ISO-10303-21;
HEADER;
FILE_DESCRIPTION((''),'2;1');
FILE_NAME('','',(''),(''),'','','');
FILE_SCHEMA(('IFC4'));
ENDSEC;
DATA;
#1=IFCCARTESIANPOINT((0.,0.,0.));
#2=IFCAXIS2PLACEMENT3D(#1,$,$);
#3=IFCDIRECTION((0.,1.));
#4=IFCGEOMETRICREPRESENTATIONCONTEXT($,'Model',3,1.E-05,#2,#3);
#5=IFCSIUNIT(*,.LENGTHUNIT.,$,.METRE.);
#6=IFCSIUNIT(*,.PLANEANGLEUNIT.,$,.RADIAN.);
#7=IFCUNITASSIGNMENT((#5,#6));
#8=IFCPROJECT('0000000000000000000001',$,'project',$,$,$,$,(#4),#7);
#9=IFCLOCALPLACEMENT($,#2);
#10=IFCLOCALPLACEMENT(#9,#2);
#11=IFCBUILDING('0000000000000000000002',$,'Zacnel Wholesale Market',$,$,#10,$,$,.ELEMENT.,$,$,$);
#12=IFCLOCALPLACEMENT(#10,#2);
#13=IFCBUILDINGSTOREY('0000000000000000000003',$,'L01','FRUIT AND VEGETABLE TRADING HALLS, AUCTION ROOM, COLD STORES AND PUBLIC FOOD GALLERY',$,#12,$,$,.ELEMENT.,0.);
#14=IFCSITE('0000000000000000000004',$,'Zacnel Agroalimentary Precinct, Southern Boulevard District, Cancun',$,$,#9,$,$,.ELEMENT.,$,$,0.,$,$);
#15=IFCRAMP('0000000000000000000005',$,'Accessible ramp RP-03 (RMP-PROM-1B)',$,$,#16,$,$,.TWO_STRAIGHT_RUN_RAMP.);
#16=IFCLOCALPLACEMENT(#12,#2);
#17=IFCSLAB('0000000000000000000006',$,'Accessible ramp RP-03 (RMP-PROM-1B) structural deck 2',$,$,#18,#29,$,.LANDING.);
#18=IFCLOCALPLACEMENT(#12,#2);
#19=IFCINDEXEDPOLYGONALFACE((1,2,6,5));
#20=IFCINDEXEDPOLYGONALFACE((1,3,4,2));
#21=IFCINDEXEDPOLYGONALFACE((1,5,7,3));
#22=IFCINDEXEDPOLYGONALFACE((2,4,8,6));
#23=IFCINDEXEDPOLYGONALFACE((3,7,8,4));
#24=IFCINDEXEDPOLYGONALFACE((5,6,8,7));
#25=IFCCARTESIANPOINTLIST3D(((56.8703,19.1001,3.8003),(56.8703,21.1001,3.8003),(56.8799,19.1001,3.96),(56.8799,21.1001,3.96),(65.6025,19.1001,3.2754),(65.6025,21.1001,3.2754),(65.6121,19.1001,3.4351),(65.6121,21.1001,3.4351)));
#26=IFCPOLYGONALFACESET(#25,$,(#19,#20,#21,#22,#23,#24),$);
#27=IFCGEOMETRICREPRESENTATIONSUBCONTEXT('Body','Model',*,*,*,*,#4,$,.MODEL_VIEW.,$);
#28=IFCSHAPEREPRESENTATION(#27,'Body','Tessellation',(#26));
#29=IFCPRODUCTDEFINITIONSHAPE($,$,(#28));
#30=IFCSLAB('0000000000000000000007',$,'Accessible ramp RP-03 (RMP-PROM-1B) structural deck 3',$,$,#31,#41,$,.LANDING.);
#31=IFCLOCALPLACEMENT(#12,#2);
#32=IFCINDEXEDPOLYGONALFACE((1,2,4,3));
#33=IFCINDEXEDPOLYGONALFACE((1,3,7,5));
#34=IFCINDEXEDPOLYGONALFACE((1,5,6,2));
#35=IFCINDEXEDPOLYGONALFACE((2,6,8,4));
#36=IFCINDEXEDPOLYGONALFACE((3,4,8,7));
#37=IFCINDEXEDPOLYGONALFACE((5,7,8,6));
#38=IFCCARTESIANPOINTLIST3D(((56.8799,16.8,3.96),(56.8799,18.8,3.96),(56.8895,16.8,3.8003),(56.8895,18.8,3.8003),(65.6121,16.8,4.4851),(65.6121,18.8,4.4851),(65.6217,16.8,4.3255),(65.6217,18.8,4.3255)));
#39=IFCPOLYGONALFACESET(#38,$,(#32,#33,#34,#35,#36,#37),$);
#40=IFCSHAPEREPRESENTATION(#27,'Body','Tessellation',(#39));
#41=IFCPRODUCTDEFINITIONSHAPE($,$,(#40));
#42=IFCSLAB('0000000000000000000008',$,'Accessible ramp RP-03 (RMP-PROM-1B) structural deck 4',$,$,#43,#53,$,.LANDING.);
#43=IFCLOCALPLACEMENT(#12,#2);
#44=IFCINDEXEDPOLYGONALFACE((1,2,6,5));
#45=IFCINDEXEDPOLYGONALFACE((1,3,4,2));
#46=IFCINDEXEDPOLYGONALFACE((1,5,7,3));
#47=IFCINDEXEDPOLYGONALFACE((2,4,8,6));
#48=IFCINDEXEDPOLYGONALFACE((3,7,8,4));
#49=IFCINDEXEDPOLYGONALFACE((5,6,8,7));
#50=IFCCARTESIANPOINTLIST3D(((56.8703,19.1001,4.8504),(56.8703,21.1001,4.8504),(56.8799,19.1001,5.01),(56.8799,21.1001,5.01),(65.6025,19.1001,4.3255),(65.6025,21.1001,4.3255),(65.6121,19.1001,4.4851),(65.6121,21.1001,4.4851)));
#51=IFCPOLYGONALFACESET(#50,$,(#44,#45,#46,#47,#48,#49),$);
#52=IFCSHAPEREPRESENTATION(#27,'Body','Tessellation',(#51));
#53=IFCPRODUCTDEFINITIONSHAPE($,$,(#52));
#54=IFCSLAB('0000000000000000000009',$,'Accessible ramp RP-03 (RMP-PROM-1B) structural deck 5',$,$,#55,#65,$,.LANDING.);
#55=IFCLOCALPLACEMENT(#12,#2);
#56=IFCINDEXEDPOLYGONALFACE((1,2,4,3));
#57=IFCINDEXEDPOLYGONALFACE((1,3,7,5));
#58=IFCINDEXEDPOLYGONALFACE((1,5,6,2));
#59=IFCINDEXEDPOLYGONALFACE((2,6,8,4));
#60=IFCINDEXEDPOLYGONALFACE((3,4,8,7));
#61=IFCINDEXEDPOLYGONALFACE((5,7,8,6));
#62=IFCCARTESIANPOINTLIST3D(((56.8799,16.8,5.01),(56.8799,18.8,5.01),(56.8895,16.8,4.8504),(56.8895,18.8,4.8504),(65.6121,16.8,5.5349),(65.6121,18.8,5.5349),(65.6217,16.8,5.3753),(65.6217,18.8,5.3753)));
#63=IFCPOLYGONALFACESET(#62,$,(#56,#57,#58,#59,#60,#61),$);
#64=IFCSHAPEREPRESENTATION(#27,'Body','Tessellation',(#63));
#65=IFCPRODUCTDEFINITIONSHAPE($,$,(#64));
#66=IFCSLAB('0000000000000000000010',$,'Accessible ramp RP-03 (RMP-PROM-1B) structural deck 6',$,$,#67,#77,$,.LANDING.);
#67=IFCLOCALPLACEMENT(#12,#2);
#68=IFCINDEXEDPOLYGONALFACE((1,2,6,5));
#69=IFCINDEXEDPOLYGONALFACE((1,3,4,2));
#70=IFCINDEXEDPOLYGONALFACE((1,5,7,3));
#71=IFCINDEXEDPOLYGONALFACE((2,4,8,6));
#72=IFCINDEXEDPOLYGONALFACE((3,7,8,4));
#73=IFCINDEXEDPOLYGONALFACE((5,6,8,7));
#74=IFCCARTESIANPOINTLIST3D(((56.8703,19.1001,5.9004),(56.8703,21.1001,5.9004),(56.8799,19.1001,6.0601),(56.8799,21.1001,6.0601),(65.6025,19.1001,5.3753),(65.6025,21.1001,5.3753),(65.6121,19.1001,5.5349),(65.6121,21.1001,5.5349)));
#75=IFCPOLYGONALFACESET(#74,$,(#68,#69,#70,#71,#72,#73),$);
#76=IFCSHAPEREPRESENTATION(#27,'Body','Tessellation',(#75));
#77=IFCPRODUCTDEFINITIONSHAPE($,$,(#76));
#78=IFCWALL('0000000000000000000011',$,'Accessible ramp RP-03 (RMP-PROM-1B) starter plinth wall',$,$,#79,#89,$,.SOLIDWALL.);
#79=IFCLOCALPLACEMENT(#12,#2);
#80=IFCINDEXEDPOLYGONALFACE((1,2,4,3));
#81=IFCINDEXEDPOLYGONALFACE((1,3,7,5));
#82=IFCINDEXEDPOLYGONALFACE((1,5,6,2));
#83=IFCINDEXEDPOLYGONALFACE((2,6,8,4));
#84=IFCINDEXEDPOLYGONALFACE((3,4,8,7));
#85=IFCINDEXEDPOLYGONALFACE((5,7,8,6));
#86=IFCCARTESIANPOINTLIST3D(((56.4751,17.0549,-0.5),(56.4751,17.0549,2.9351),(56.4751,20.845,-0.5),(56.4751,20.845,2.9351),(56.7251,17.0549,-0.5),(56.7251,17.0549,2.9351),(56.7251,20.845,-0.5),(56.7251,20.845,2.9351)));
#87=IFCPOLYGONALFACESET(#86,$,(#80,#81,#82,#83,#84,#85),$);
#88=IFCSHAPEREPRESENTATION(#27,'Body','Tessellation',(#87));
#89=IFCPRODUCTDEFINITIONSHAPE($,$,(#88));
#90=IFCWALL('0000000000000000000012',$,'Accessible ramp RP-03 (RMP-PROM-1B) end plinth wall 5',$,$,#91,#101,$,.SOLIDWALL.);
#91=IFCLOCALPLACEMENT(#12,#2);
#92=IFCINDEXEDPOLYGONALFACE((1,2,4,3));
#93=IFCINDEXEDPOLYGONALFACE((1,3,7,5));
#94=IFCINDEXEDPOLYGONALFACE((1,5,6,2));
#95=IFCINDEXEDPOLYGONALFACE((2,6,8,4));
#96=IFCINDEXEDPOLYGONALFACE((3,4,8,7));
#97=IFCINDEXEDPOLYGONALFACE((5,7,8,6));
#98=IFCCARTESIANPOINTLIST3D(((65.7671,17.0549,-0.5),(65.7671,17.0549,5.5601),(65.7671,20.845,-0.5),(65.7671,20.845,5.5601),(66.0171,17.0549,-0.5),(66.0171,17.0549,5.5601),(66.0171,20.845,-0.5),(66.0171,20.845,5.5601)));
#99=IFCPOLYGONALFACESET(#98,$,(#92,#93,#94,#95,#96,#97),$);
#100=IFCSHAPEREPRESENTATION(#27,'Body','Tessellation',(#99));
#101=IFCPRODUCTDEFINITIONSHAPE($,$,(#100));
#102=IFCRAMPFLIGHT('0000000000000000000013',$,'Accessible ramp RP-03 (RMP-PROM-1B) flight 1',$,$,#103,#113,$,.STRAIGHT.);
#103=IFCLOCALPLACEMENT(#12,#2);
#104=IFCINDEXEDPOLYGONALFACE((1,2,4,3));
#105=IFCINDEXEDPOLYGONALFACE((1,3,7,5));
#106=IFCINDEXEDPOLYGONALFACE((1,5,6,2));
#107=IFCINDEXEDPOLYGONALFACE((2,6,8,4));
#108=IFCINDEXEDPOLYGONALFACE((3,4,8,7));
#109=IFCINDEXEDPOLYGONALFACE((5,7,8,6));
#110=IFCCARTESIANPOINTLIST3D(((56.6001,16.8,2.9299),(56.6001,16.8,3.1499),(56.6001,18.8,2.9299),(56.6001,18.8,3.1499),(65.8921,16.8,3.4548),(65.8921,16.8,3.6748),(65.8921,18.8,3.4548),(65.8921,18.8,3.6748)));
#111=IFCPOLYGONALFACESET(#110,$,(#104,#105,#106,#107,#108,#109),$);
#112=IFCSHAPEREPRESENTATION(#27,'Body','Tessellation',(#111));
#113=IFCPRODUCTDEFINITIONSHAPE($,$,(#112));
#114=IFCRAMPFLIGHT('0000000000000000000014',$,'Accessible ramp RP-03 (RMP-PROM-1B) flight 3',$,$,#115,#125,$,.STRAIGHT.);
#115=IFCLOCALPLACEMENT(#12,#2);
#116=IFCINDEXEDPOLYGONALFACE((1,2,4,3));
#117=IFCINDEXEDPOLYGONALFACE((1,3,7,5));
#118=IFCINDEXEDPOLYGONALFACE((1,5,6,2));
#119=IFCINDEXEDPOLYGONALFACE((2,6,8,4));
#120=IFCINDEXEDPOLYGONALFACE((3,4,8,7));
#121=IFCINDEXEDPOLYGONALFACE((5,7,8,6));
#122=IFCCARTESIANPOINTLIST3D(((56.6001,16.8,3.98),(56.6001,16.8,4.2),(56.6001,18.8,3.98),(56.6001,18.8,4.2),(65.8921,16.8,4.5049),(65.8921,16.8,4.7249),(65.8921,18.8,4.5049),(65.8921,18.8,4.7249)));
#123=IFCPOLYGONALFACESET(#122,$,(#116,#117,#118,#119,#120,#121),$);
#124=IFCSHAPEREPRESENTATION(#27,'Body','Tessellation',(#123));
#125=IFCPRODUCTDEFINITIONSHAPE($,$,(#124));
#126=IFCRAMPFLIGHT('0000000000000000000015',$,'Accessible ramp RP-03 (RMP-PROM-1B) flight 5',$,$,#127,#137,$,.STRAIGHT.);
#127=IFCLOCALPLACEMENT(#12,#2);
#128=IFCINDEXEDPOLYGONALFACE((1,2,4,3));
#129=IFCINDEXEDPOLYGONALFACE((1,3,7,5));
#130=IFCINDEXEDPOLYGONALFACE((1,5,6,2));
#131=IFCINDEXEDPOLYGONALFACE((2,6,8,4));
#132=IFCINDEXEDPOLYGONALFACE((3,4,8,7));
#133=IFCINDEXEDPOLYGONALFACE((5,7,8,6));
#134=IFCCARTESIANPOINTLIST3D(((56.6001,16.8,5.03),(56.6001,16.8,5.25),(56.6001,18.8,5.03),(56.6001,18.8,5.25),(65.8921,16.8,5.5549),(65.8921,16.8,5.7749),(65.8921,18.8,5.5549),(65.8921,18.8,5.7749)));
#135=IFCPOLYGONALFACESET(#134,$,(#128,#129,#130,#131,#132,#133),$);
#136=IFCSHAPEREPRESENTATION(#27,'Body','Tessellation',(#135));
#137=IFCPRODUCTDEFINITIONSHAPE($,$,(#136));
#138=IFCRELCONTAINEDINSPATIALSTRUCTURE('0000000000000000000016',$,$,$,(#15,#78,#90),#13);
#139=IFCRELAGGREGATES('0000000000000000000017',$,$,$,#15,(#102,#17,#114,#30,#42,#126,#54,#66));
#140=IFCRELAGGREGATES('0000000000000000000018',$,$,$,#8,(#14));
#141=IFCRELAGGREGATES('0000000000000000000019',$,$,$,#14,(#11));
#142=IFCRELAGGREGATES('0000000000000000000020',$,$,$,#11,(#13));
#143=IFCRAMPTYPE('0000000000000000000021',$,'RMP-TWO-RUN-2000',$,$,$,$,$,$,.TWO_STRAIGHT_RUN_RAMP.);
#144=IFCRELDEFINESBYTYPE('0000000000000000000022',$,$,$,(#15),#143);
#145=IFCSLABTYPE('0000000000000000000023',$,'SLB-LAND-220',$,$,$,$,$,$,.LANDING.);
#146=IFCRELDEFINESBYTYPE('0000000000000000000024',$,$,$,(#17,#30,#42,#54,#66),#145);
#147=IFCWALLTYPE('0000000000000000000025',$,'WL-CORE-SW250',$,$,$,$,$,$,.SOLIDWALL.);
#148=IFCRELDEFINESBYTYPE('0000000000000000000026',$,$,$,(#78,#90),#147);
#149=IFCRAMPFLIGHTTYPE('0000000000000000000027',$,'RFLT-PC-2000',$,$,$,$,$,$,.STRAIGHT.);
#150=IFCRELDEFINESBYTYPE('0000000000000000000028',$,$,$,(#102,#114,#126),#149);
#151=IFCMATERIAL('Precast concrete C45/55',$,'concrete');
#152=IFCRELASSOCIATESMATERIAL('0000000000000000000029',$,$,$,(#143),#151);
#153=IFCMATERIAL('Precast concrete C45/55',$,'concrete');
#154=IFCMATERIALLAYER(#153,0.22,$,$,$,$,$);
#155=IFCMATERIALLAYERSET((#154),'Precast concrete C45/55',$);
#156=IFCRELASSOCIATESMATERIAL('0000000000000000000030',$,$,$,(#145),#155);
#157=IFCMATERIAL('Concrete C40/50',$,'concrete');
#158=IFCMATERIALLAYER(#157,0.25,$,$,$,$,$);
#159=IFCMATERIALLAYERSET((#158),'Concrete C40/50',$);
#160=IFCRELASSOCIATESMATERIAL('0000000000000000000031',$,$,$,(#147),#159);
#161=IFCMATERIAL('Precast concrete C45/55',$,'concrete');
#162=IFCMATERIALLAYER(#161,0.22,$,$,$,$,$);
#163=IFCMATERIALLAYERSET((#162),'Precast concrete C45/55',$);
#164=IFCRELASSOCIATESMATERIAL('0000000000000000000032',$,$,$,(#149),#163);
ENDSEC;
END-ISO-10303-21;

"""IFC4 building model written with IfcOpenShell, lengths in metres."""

from ifc_helpers import new_model, si_unit, direction, frame, frame_2d, origin, place, context, subcontext, project, spatial, polyline, rectangle, outline, extrude, material, layer, layer_set, type_object, element, aggregate, save


model = new_model("IFC4")

# Units and contexts
model_context = context("Model", 3, precision=1e-05, world=origin(), true_north=direction((0.0, 1.0)))
body_context = subcontext(model_context, "Body", "Model", "MODEL_VIEW")
ifc_project = project(units=[si_unit("LENGTHUNIT", "METRE"), si_unit("PLANEANGLEUNIT", "RADIAN")], contexts=[model_context])

# Site, building, storey
site_placement = place(None, origin())
site = spatial("IfcSite", under=ifc_project, at=site_placement, Name="Zacnel Agroalimentary Precinct, Southern Boulevard District, Cancun", CompositionType="ELEMENT", RefElevation=0.0)
building_placement = place(site_placement, origin())
building = spatial("IfcBuilding", under=site, at=building_placement, Name="Zacnel Wholesale Market", CompositionType="ELEMENT")
storey_placement = place(building_placement, origin())
storey = spatial("IfcBuildingStorey", under=building, at=storey_placement, Name="L01", Description="FRUIT AND VEGETABLE TRADING HALLS, AUCTION ROOM, COLD STORES AND PUBLIC FOOD GALLERY", CompositionType="ELEMENT", Elevation=0.0)

# Ramp, slabs
ifc_material_1 = material(Name="Precast concrete C45/55", Category="concrete")
ramp_type = type_object("IfcRampType", Name="RMP-TWO-RUN-2000", PredefinedType="TWO_STRAIGHT_RUN_RAMP", material=ifc_material_1)
ramp_placement = place(storey_placement, origin())
ramp = element("IfcRamp", 1, at=ramp_placement, inside=storey, type_object=ramp_type, Name="Accessible ramp RP-03 (RMP-PROM-1B)", PredefinedType="TWO_STRAIGHT_RUN_RAMP")
ifc_material_2 = material(Name="Precast concrete C45/55", Category="concrete")
ifc_layer_1 = layer(ifc_material_2, 0.22)
ifc_layer_set_1 = layer_set([ifc_layer_1], Name="Precast concrete C45/55")
slab_type = type_object("IfcSlabType", Name="SLB-LAND-220", PredefinedType="LANDING", material=ifc_layer_set_1)
slab_1_placement = place(storey_placement, frame((56.8799, 19.1001, 3.96), z_axis=(0.060003, 0.0, 0.998198), x_axis=(0.998198, 0.0, -0.060003)))
slab_1 = element("IfcSlab", 2, at=slab_1_placement, type_object=slab_type, Name="Accessible ramp RP-03 (RMP-PROM-1B) structural deck 2", PredefinedType="LANDING", context=body_context, shape_type="SweptSolid", body=[
    extrude(outline(polyline([(0.0, 0.0), (8.7479, 0.0), (8.7479, 2.0), (0.0, 2.0), (0.0, 0.0)])), origin(), (0.0, 0.0, -1.0), 0.1599),
])
slab_2_placement = place(storey_placement, frame((56.8799, 16.8, 3.96), z_axis=(-0.060031, 0.0, 0.998197), x_axis=(0.998197, 0.0, 0.060031)))
slab_2 = element("IfcSlab", 3, at=slab_2_placement, type_object=slab_type, Name="Accessible ramp RP-03 (RMP-PROM-1B) structural deck 3", PredefinedType="LANDING", context=body_context, shape_type="SweptSolid", body=[
    extrude(outline(polyline([(0.0, 0.0), (8.748, 0.0), (8.748, 2.0), (0.0, 2.0), (0.0, 0.0)])), origin(), (0.0, 0.0, -1.0), 0.1599),
])
slab_3_placement = place(storey_placement, frame((56.8799, 19.1001, 5.01), z_axis=(0.060003, 0.0, 0.998198), x_axis=(0.998198, 0.0, -0.060003)))
slab_3 = element("IfcSlab", 4, at=slab_3_placement, type_object=slab_type, Name="Accessible ramp RP-03 (RMP-PROM-1B) structural deck 4", PredefinedType="LANDING", context=body_context, shape_type="SweptSolid", body=[
    extrude(outline(polyline([(0.0, 0.0), (8.7479, 0.0), (8.7479, 2.0), (0.0, 2.0), (0.0, 0.0)])), origin(), (0.0, 0.0, -1.0), 0.1599),
])
slab_4_placement = place(storey_placement, frame((56.8799, 16.8, 5.01), z_axis=(-0.060003, 0.0, 0.998198), x_axis=(0.998198, 0.0, 0.060003)))
slab_4 = element("IfcSlab", 5, at=slab_4_placement, type_object=slab_type, Name="Accessible ramp RP-03 (RMP-PROM-1B) structural deck 5", PredefinedType="LANDING", context=body_context, shape_type="SweptSolid", body=[
    extrude(outline(polyline([(0.0, 0.0), (8.7479, 0.0), (8.7479, 2.0), (0.0, 2.0), (0.0, 0.0)])), origin(), (0.0, 0.0, -1.0), 0.1599),
])
slab_5_placement = place(storey_placement, frame((56.8799, 19.1001, 6.0601), z_axis=(0.060031, 0.0, 0.998197), x_axis=(0.998197, 0.0, -0.060031)))
slab_5 = element("IfcSlab", 6, at=slab_5_placement, type_object=slab_type, Name="Accessible ramp RP-03 (RMP-PROM-1B) structural deck 6", PredefinedType="LANDING", context=body_context, shape_type="SweptSolid", body=[
    extrude(outline(polyline([(0.0, 0.0), (8.748, 0.0), (8.748, 2.0), (0.0, 2.0), (0.0, 0.0)])), origin(), (0.0, 0.0, -1.0), 0.1599),
])

# Walls
ifc_material_3 = material(Name="Concrete C40/50", Category="concrete")
ifc_layer_2 = layer(ifc_material_3, 0.25)
ifc_layer_set_2 = layer_set([ifc_layer_2], Name="Concrete C40/50")
wall_type = type_object("IfcWallType", Name="WL-CORE-SW250", PredefinedType="SOLIDWALL", material=ifc_layer_set_2)
wall_1_placement = place(storey_placement, frame((56.6001, 17.0549, -0.5), z_axis=(0.0, 0.0, 1.0), x_axis=(0.0, 1.0, 0.0)))
element("IfcWall", 7, at=wall_1_placement, inside=storey, type_object=wall_type, Name="Accessible ramp RP-03 (RMP-PROM-1B) starter plinth wall", PredefinedType="SOLIDWALL", context=body_context, shape_type="SweptSolid", body=[
    extrude(rectangle(XDim=3.79, YDim=0.25, at=frame_2d((1.895, 0.0))), origin(), (0.0, 0.0, 1.0), 3.4351),
])
wall_2_placement = place(storey_placement, frame((65.8921, 17.0549, -0.5), z_axis=(0.0, 0.0, 1.0), x_axis=(0.0, 1.0, 0.0)))
element("IfcWall", 8, at=wall_2_placement, inside=storey, type_object=wall_type, Name="Accessible ramp RP-03 (RMP-PROM-1B) end plinth wall 5", PredefinedType="SOLIDWALL", context=body_context, shape_type="SweptSolid", body=[
    extrude(rectangle(XDim=3.79, YDim=0.25, at=frame_2d((1.895, 0.0))), origin(), (0.0, 0.0, 1.0), 6.0601),
])

# Ramp flights
ifc_material_4 = material(Name="Precast concrete C45/55", Category="concrete")
ifc_layer_3 = layer(ifc_material_4, 0.22)
ifc_layer_set_3 = layer_set([ifc_layer_3], Name="Precast concrete C45/55")
ramp_flight_type = type_object("IfcRampFlightType", Name="RFLT-PC-2000", PredefinedType="STRAIGHT", material=ifc_layer_set_3)
ramp_flight_1_placement = place(storey_placement, frame((56.6001, 17.8, 3.1499), z_axis=(0.0, 0.0, 1.0), x_axis=(1.0, 0.0, 0.0)))
ramp_flight_1 = element("IfcRampFlight", 9, at=ramp_flight_1_placement, type_object=ramp_flight_type, Name="Accessible ramp RP-03 (RMP-PROM-1B) flight 1", PredefinedType="STRAIGHT", context=body_context, shape_type="SweptSolid", body=[
    extrude(outline(polyline([(0.0, 0.0), (9.292, 0.5249), (9.292, 0.3049), (0.0, -0.22), (0.0, 0.0)])), frame((0.0, 1.0, 0.0), z_axis=(0.0, -1.0, 0.0), x_axis=(1.0, 0.0, 0.0)), (0.0, 0.0, 1.0), 2.0),
])
ramp_flight_2_placement = place(storey_placement, frame((56.6001, 17.8, 4.2), z_axis=(0.0, 0.0, 1.0), x_axis=(1.0, 0.0, 0.0)))
ramp_flight_2 = element("IfcRampFlight", 10, at=ramp_flight_2_placement, type_object=ramp_flight_type, Name="Accessible ramp RP-03 (RMP-PROM-1B) flight 3", PredefinedType="STRAIGHT", context=body_context, shape_type="SweptSolid", body=[
    extrude(outline(polyline([(0.0, 0.0), (9.292, 0.5249), (9.292, 0.3049), (0.0, -0.22), (0.0, 0.0)])), frame((0.0, 1.0, 0.0), z_axis=(0.0, -1.0, 0.0), x_axis=(1.0, 0.0, 0.0)), (0.0, 0.0, 1.0), 2.0),
])
ramp_flight_3_placement = place(storey_placement, frame((56.6001, 17.8, 5.25), z_axis=(0.0, 0.0, 1.0), x_axis=(1.0, 0.0, 0.0)))
ramp_flight_3 = element("IfcRampFlight", 11, at=ramp_flight_3_placement, type_object=ramp_flight_type, Name="Accessible ramp RP-03 (RMP-PROM-1B) flight 5", PredefinedType="STRAIGHT", context=body_context, shape_type="SweptSolid", body=[
    extrude(outline(polyline([(0.0, 0.0), (9.292, 0.5249), (9.292, 0.3049), (0.0, -0.22), (0.0, 0.0)])), frame((0.0, 1.0, 0.0), z_axis=(0.0, -1.0, 0.0), x_axis=(1.0, 0.0, 0.0)), (0.0, 0.0, 1.0), 2.0),
])
aggregate(ramp, [ramp_flight_1, slab_1, ramp_flight_2, slab_2, slab_3, ramp_flight_3, slab_4, slab_5])

save(model, "model.ifc")
